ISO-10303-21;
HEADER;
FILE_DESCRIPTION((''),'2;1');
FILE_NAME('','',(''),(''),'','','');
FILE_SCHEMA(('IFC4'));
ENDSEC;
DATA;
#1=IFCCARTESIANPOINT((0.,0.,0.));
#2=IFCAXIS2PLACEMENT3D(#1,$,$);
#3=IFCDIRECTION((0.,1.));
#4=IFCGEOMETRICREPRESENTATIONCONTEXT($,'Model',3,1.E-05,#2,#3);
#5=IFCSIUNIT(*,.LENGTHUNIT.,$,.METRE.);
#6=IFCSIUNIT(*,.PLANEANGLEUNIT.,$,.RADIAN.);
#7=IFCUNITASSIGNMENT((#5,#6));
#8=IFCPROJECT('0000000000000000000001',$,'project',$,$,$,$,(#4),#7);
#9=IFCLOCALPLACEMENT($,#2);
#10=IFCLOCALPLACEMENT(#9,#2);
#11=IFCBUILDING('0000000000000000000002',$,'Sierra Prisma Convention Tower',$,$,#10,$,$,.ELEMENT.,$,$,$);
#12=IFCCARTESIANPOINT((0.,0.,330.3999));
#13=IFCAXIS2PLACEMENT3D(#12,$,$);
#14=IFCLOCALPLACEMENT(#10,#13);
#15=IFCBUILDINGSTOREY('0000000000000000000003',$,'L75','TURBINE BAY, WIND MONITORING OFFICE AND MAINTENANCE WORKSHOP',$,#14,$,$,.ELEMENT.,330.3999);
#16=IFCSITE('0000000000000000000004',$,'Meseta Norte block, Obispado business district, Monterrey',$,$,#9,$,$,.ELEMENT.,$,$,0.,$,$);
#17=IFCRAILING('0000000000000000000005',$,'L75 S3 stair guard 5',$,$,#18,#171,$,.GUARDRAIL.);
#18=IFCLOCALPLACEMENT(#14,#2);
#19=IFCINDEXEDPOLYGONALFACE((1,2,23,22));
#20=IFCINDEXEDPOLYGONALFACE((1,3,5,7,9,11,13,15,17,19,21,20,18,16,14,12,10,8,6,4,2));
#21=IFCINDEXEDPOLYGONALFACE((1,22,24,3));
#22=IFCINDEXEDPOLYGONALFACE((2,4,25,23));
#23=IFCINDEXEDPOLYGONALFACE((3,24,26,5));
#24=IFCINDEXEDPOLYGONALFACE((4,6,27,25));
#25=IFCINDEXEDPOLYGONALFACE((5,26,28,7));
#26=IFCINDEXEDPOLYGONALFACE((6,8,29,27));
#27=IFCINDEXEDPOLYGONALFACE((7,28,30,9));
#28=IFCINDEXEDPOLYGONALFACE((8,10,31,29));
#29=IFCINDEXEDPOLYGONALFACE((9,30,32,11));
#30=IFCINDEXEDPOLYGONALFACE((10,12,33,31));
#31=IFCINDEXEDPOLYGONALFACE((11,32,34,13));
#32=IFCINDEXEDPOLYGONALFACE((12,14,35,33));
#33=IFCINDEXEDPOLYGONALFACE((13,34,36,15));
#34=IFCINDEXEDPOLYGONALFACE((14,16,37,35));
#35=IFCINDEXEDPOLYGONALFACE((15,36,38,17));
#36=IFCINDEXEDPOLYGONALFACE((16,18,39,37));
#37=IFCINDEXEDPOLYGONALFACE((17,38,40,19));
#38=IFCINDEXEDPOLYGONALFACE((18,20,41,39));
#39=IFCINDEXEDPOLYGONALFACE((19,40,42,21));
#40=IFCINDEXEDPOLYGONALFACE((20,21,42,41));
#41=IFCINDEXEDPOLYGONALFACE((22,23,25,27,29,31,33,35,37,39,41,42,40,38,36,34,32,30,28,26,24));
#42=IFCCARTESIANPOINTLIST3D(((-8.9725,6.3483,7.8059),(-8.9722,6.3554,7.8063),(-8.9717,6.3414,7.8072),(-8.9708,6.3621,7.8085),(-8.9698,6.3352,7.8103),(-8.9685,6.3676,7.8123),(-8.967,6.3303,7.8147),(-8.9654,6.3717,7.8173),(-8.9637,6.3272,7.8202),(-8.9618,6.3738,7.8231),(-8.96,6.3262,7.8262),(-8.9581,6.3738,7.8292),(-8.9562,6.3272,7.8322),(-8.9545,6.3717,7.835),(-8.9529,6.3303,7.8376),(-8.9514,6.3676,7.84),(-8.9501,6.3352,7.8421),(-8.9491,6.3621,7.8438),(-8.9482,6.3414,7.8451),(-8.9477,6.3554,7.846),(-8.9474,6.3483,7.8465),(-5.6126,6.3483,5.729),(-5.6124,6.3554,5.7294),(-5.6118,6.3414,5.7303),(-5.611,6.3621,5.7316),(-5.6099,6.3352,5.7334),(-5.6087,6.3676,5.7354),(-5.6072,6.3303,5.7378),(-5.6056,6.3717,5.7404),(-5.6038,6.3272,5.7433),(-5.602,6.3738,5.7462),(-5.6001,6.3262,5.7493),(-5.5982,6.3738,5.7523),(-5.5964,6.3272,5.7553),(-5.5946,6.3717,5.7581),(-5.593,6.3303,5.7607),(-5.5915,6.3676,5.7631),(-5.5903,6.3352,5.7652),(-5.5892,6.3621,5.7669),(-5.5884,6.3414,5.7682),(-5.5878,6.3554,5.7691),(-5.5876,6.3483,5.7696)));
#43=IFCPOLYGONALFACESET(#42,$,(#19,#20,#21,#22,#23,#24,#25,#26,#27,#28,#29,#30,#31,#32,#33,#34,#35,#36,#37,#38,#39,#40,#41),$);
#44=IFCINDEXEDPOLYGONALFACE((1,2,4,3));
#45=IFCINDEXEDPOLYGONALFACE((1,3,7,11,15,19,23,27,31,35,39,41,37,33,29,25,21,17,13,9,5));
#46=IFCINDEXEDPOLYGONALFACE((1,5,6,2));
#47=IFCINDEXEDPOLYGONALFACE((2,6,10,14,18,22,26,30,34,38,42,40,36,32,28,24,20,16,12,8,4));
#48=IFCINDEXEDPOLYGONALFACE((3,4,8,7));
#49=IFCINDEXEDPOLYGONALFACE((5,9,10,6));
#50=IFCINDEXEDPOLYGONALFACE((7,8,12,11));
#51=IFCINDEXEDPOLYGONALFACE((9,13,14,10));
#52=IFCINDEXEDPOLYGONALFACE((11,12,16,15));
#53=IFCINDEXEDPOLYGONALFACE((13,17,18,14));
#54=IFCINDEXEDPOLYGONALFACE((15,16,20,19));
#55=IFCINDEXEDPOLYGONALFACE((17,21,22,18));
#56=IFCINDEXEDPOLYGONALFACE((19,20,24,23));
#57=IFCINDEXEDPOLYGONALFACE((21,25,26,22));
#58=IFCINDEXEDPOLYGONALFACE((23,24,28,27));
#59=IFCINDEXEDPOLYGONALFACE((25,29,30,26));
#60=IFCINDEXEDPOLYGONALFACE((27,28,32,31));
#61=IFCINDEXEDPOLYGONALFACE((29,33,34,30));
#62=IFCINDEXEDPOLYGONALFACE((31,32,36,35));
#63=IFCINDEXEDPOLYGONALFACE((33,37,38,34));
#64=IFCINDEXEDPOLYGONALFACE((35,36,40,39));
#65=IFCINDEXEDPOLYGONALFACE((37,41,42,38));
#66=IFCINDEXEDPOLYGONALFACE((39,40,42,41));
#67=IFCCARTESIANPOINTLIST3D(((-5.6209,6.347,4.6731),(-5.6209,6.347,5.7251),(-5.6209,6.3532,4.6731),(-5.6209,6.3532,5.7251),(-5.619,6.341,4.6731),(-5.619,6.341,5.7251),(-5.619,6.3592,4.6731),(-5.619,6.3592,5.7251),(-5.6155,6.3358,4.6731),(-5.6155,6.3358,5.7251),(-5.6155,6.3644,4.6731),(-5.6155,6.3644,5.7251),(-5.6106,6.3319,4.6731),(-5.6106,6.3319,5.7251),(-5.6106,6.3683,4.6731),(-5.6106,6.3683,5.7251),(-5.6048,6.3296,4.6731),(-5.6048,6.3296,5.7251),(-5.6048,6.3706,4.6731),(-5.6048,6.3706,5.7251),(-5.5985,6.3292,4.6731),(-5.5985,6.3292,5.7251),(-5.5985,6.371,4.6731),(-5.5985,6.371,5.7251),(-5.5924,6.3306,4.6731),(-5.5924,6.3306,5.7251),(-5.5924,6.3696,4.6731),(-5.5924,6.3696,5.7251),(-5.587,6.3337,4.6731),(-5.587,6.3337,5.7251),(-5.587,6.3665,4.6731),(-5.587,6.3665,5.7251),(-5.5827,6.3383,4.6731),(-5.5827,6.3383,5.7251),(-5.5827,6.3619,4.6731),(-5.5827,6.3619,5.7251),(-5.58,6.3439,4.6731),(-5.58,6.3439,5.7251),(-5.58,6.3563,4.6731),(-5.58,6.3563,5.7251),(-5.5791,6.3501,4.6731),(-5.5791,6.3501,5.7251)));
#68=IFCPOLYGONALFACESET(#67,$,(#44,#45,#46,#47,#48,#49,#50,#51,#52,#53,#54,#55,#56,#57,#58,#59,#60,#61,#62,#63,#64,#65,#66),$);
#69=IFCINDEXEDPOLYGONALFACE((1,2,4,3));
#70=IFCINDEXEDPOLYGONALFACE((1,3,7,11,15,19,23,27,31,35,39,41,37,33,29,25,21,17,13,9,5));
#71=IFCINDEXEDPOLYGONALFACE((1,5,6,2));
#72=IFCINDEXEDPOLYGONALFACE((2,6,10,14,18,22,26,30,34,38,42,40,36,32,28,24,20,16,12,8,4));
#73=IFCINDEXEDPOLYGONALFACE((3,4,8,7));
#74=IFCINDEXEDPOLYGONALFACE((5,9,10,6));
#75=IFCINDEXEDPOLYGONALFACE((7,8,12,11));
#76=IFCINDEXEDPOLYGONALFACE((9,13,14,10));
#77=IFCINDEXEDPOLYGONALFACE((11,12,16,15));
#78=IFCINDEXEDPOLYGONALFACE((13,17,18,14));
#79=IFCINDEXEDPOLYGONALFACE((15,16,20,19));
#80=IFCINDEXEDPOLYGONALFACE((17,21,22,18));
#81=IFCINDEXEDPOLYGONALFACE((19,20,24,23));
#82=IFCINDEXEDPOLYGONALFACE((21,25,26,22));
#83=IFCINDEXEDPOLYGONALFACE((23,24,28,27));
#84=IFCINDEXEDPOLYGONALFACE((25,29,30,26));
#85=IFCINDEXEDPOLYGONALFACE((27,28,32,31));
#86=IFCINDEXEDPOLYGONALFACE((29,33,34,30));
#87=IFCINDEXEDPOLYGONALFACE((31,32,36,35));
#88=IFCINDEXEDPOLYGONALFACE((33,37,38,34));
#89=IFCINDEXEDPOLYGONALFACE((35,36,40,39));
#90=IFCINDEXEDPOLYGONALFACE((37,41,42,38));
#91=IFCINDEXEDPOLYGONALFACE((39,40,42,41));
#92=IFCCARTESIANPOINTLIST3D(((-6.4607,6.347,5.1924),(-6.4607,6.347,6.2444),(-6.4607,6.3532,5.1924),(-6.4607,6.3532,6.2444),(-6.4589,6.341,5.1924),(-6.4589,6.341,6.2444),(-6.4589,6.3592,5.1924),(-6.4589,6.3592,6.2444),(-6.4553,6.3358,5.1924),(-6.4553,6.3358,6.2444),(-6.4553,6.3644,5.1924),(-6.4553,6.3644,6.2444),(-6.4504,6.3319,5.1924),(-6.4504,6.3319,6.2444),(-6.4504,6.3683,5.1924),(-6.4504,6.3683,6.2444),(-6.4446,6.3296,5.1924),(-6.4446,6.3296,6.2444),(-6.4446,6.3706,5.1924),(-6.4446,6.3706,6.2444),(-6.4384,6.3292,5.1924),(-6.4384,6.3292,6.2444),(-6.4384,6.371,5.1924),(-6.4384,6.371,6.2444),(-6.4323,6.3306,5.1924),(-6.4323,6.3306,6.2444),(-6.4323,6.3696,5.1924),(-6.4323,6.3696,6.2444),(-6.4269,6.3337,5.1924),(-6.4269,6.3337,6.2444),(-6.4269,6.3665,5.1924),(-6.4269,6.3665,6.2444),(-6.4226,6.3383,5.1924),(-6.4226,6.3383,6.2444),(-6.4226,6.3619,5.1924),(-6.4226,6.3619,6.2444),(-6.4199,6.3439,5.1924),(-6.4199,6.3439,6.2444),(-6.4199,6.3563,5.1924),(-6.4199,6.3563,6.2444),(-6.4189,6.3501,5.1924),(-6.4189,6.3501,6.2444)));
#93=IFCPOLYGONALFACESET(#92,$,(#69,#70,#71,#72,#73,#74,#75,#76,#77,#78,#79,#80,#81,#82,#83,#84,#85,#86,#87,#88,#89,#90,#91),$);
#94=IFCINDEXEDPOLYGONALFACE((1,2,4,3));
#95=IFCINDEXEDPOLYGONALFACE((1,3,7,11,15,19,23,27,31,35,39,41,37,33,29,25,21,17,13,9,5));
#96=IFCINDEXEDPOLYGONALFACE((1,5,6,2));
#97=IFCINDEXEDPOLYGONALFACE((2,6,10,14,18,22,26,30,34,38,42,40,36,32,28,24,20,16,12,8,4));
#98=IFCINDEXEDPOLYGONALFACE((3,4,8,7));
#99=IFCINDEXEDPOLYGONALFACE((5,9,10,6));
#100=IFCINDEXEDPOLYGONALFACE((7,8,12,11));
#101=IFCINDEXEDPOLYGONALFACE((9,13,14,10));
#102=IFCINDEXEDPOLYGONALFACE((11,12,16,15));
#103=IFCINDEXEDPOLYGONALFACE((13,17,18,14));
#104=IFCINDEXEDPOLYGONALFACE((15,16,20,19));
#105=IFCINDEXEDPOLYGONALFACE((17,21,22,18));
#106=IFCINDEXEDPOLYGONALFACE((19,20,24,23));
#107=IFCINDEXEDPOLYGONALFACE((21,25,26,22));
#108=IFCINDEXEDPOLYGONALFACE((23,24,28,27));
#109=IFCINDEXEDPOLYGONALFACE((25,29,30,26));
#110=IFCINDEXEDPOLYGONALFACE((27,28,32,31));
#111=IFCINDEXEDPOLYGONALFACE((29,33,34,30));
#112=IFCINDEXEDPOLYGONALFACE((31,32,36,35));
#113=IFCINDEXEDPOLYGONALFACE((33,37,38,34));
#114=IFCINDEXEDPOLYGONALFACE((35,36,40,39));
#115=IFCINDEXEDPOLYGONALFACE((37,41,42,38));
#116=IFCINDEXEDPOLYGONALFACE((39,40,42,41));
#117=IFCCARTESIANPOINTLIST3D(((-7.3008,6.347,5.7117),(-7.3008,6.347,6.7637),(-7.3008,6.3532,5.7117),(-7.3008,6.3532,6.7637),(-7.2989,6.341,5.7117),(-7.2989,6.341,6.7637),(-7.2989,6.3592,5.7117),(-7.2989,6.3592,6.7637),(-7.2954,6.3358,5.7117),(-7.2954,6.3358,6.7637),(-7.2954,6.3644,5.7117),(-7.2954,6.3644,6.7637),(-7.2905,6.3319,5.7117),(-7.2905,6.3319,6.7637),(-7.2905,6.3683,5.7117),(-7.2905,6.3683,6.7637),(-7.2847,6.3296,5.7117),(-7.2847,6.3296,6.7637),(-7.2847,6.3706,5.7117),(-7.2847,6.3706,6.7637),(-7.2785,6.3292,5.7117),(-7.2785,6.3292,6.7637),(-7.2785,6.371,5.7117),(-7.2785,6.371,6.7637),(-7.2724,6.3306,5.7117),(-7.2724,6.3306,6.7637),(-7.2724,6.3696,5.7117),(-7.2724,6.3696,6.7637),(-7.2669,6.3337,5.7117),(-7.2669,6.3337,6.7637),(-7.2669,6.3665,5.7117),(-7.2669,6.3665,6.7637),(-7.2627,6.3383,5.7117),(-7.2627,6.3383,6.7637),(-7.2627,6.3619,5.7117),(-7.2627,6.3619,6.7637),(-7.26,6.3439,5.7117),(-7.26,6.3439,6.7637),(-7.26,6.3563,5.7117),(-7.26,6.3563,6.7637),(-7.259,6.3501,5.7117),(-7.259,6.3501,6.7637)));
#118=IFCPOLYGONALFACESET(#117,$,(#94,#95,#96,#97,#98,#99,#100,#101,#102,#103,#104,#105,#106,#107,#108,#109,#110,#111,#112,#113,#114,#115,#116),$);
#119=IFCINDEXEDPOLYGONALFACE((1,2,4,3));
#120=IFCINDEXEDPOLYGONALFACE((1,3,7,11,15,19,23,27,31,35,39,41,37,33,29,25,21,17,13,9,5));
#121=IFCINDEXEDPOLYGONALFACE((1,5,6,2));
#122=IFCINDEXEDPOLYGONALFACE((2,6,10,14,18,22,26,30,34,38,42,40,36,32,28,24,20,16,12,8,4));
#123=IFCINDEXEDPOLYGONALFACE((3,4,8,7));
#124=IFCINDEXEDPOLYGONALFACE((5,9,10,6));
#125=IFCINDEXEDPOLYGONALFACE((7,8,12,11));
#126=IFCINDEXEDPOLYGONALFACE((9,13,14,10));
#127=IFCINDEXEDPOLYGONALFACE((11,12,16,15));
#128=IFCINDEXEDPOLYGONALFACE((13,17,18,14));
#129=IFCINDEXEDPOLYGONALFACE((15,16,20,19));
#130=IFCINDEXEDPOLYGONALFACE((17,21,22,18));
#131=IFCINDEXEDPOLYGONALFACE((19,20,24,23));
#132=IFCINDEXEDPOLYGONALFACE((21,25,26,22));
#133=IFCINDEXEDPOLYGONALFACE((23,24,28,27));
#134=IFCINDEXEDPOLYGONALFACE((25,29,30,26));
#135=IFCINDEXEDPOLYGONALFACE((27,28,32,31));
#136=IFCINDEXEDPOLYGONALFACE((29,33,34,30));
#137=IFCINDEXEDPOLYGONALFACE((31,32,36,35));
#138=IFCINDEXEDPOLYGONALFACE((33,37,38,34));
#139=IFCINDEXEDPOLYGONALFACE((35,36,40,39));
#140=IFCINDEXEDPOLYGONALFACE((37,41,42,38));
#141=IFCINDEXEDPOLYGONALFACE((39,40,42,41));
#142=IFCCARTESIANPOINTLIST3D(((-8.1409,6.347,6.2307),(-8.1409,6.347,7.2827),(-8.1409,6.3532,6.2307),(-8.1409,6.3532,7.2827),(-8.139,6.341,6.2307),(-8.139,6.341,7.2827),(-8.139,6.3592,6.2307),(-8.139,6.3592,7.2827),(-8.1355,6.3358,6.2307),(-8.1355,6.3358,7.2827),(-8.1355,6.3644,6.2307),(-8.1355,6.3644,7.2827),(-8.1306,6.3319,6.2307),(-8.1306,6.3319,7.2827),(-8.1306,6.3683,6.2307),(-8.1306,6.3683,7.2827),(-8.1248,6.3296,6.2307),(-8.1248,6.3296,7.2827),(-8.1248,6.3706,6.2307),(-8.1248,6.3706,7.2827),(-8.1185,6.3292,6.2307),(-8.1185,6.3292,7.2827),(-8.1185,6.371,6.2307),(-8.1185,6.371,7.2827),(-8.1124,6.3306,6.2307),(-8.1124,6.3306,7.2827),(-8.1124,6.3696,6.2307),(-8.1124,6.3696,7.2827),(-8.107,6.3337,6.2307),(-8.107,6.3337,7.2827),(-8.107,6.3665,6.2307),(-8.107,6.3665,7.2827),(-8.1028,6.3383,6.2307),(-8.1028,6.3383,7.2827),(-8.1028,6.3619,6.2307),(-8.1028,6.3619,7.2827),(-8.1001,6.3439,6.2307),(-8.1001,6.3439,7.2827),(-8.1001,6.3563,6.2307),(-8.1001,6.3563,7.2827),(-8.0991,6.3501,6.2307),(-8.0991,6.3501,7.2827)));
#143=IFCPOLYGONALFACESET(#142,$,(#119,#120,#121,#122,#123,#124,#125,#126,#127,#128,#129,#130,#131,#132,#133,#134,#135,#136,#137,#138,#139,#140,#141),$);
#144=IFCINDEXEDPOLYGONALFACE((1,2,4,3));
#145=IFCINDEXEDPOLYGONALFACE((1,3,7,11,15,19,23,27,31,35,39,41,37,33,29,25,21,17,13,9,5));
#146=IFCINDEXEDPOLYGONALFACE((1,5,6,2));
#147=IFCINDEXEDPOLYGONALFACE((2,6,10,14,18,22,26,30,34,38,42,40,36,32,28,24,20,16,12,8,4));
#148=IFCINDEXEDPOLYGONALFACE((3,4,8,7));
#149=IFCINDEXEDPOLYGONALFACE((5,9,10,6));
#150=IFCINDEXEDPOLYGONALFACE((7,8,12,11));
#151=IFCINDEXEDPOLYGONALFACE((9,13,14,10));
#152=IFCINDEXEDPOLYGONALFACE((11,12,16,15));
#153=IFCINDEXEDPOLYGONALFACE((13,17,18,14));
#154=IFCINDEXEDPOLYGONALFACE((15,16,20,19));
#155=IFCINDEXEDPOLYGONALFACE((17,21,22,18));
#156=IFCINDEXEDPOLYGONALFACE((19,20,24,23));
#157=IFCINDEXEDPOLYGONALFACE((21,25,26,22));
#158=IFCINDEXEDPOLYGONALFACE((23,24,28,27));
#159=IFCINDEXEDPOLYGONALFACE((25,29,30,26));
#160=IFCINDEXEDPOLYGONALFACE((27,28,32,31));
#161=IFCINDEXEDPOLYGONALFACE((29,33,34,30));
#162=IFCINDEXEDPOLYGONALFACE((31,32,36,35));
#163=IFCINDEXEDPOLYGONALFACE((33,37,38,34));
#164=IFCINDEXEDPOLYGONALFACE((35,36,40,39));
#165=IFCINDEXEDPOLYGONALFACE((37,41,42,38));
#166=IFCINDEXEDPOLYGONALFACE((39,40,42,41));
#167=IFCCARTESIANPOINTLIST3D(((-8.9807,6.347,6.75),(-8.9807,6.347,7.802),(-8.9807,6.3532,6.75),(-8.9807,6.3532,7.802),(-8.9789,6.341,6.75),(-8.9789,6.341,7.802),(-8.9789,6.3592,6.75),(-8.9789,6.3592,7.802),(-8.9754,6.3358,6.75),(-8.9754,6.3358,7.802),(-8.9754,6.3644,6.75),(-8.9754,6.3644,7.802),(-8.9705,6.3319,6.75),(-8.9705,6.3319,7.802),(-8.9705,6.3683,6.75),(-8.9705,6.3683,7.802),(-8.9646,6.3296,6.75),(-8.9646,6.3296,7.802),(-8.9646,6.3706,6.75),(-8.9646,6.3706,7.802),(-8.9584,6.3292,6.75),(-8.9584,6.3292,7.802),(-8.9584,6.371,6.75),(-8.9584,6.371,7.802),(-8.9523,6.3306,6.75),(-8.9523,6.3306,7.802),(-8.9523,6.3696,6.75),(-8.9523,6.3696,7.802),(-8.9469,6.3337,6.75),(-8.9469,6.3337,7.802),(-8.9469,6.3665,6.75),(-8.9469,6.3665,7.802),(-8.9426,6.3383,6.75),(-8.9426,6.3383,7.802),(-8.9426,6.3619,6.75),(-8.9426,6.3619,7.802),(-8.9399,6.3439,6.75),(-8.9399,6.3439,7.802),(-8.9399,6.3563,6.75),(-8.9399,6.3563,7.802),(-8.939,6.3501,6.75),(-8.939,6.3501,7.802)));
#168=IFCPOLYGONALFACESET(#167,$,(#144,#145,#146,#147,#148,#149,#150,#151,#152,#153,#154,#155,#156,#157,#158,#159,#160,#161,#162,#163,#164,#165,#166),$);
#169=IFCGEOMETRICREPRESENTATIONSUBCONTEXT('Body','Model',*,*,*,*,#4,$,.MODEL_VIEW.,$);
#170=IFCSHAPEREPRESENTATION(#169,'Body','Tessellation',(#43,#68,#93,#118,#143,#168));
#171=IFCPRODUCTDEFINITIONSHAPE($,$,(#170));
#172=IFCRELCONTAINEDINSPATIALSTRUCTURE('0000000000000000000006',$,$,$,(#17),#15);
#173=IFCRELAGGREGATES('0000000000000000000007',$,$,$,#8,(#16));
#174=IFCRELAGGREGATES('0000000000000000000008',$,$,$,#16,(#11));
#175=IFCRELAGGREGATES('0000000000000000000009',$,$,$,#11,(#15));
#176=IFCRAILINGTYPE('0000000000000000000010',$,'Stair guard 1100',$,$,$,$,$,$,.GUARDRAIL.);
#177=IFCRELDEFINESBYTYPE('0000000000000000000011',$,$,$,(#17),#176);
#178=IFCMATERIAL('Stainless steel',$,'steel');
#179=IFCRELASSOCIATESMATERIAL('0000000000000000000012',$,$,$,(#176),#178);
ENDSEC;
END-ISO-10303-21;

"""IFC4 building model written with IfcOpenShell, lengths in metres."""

from ifc_helpers import new_model, si_unit, direction, frame, origin, origin_2d, place, context, subcontext, project, spatial, circle, extrude, material, type_object, element, save


model = new_model("IFC4")

# Units and contexts
model_context = context("Model", 3, precision=1e-05, world=origin(), true_north=direction((0.0, 1.0)))
body_context = subcontext(model_context, "Body", "Model", "MODEL_VIEW")
ifc_project = project(units=[si_unit("LENGTHUNIT", "METRE"), si_unit("PLANEANGLEUNIT", "RADIAN")], contexts=[model_context])

# Site, building, storey
site_placement = place(None, origin())
site = spatial("IfcSite", under=ifc_project, at=site_placement, Name="Meseta Norte block, Obispado business district, Monterrey", CompositionType="ELEMENT", RefElevation=0.0)
building_placement = place(site_placement, origin())
building = spatial("IfcBuilding", under=site, at=building_placement, Name="Sierra Prisma Convention Tower", CompositionType="ELEMENT")
storey_placement = place(building_placement, frame((0.0, 0.0, 330.3999)))
storey = spatial("IfcBuildingStorey", under=building, at=storey_placement, Name="L75", Description="TURBINE BAY, WIND MONITORING OFFICE AND MAINTENANCE WORKSHOP", CompositionType="ELEMENT", Elevation=330.3999)

# Railing
ifc_material_1 = material(Name="Stainless steel", Category="steel")
railing_type_1 = type_object("IfcRailingType", Name="Stair guard 1100", PredefinedType="GUARDRAIL", material=ifc_material_1)
railing_1_placement = place(storey_placement, frame((-5.6001, 6.3501, 4.6731)))
element("IfcRailing", 1, at=railing_1_placement, inside=storey, type_object=railing_type_1, Name="L75 S3 stair guard 5", PredefinedType="GUARDRAIL", context=body_context, shape_type="SweptSolid", body=[
    extrude(circle(Radius=0.0239, at=origin_2d()), frame((0.0, 0.0, 1.0762), z_axis=(-0.850606, 0.0, 0.525803), x_axis=(0.0, -1.0, 0.0)), (0.0, 0.0, 1.0), 3.95),
    extrude(circle(Radius=0.021, at=origin_2d()), origin(), (0.0, 0.0, 1.0), 1.052),
    extrude(circle(Radius=0.021, at=origin_2d()), frame((-0.8398, 0.0, 0.5193)), (0.0, 0.0, 1.0), 1.052),
    extrude(circle(Radius=0.021, at=origin_2d()), frame((-1.6799, 0.0, 1.0386)), (0.0, 0.0, 1.0), 1.052),
    extrude(circle(Radius=0.021, at=origin_2d()), frame((-2.52, 0.0, 1.5576)), (0.0, 0.0, 1.0), 1.052),
    extrude(circle(Radius=0.021, at=origin_2d()), frame((-3.3599, 0.0, 2.0769)), (0.0, 0.0, 1.0), 1.052),
])

save(model, "model.ifc")
